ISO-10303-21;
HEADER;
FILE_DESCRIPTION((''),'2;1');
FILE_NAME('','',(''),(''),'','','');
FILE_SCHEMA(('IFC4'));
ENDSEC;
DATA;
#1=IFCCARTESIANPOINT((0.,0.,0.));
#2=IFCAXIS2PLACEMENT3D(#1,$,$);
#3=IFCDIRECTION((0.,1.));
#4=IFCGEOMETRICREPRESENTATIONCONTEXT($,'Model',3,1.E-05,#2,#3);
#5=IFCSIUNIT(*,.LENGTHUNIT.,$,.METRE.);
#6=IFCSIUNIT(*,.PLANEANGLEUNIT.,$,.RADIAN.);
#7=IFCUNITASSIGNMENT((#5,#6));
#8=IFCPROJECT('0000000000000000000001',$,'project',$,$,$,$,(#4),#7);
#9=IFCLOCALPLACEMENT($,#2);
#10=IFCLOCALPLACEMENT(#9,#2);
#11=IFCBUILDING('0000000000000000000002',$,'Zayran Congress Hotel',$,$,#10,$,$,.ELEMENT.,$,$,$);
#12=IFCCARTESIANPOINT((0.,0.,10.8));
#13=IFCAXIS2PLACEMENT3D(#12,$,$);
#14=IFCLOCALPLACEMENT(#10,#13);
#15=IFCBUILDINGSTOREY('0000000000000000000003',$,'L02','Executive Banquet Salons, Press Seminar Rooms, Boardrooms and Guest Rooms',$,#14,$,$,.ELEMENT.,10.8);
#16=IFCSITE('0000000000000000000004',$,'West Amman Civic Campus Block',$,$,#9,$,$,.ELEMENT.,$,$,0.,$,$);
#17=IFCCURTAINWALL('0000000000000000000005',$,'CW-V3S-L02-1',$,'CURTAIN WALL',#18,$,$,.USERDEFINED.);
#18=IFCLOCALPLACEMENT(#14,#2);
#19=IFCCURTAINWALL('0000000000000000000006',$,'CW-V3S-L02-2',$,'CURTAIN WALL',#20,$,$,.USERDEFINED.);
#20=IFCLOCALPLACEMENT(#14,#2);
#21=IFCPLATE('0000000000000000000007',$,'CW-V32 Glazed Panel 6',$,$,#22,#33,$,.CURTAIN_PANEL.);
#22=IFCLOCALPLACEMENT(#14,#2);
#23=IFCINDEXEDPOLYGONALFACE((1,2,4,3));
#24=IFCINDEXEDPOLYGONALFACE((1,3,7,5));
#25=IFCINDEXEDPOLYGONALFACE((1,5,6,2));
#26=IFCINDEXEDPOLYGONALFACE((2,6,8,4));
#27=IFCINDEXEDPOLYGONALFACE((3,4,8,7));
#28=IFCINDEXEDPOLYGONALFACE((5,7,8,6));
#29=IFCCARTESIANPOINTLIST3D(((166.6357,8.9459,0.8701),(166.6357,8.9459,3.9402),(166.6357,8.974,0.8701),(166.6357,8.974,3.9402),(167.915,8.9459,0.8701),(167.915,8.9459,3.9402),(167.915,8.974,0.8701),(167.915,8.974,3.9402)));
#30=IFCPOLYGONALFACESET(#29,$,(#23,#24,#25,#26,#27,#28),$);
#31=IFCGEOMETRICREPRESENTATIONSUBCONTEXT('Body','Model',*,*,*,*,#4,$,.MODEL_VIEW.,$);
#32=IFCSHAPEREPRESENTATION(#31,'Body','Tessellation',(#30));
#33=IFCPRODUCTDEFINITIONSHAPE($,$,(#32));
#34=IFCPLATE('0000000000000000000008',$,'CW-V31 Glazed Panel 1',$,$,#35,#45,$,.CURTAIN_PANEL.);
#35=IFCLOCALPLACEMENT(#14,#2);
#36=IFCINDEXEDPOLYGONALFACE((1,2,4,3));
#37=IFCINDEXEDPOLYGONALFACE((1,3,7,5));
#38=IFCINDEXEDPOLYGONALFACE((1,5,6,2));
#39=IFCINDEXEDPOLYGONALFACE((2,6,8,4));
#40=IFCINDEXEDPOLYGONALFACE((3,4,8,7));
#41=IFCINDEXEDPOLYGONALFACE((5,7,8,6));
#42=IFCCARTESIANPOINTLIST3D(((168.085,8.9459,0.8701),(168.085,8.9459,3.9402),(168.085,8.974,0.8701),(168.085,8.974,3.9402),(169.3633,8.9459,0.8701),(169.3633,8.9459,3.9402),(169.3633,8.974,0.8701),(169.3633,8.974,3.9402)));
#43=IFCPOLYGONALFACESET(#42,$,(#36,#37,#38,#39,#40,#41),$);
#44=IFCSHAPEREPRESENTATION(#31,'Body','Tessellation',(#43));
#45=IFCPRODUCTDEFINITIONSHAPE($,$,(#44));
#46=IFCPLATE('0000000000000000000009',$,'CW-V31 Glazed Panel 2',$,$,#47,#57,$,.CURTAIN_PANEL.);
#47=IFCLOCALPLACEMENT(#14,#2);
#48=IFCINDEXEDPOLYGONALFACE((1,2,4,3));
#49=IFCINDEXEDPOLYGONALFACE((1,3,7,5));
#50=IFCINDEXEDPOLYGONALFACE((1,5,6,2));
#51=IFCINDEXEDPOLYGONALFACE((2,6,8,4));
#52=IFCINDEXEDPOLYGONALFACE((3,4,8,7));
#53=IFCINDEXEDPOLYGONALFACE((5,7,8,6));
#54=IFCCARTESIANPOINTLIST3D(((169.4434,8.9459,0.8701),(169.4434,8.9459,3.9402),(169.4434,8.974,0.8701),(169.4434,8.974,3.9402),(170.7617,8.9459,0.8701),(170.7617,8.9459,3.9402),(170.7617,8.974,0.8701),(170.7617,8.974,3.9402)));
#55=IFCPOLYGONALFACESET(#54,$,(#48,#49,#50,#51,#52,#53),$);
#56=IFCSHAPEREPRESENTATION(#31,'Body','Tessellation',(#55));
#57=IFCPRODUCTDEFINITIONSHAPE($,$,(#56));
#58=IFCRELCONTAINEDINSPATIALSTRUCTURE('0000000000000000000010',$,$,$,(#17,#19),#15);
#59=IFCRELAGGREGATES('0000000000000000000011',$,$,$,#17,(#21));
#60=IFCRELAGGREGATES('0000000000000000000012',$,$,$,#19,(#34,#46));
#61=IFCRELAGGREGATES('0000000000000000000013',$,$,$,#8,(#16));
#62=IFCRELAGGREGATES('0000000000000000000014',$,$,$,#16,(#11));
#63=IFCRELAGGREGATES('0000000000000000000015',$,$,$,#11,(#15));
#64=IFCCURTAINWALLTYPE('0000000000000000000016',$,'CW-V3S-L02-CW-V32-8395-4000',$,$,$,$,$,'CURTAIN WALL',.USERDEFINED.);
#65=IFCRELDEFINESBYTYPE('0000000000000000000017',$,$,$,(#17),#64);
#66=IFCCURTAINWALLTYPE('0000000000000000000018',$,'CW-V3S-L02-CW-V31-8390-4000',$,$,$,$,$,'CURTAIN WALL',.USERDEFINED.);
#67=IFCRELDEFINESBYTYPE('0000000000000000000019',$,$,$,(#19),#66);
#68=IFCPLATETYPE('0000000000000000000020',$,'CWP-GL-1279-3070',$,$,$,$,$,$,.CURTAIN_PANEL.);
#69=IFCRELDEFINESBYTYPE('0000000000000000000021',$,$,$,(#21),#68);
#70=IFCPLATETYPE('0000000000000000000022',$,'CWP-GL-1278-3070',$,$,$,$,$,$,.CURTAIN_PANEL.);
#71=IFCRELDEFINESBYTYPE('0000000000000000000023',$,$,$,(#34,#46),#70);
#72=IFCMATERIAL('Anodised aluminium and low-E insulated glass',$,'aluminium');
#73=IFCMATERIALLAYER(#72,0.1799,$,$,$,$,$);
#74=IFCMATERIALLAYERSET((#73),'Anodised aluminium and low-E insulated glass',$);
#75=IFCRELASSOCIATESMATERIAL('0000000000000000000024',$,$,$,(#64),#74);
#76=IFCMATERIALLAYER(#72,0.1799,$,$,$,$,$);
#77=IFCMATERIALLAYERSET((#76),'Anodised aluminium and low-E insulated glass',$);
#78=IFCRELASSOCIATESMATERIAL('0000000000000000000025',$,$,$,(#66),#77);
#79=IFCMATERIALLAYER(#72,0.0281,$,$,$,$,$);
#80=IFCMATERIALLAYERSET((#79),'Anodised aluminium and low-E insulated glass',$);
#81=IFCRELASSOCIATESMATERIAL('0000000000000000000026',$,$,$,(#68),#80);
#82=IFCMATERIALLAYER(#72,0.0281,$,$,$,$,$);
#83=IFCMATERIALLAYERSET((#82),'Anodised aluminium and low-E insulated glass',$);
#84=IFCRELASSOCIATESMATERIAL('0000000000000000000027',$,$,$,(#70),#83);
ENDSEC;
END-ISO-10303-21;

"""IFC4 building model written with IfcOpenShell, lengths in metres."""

from ifc_helpers import new_model, si_unit, direction, frame, origin, origin_2d, place, context, subcontext, project, spatial, rectangle, extrude, material, layer, layer_set, type_object, element, aggregate, save


model = new_model("IFC4")

# Units and contexts
model_context = context("Model", 3, precision=1e-05, world=origin(), true_north=direction((0.0, 1.0)))
body_context = subcontext(model_context, "Body", "Model", "MODEL_VIEW")
ifc_project = project(units=[si_unit("LENGTHUNIT", "METRE"), si_unit("PLANEANGLEUNIT", "RADIAN")], contexts=[model_context])

# Site, building, storey
site_placement = place(None, origin())
site = spatial("IfcSite", under=ifc_project, at=site_placement, Name="West Amman Civic Campus Block", CompositionType="ELEMENT", RefElevation=0.0)
building_placement = place(site_placement, origin())
building = spatial("IfcBuilding", under=site, at=building_placement, Name="Zayran Congress Hotel", CompositionType="ELEMENT")
storey_placement = place(building_placement, frame((0.0, 0.0, 10.8)))
storey = spatial("IfcBuildingStorey", under=building, at=storey_placement, Name="L02", Description="Executive Banquet Salons, Press Seminar Rooms, Boardrooms and Guest Rooms", CompositionType="ELEMENT", Elevation=10.8)

# Curtain walls
ifc_material_1 = material(Name="Anodised aluminium and low-E insulated glass", Category="aluminium")
ifc_layer_1 = layer(ifc_material_1, 0.1799)
ifc_layer_set_1 = layer_set([ifc_layer_1], Name="Anodised aluminium and low-E insulated glass")
curtain_wall_type_1 = type_object("IfcCurtainWallType", Name="CW-V3S-L02-CW-V32-8395-4000", ElementType="CURTAIN WALL", PredefinedType="USERDEFINED", material=ifc_layer_set_1)
curtain_wall_1_placement = place(storey_placement, origin())
curtain_wall_1 = element("IfcCurtainWall", 1, at=curtain_wall_1_placement, inside=storey, type_object=curtain_wall_type_1, Name="CW-V3S-L02-1", ObjectType="CURTAIN WALL", PredefinedType="USERDEFINED")
ifc_layer_2 = layer(ifc_material_1, 0.1799)
ifc_layer_set_2 = layer_set([ifc_layer_2], Name="Anodised aluminium and low-E insulated glass")
curtain_wall_type_2 = type_object("IfcCurtainWallType", Name="CW-V3S-L02-CW-V31-8390-4000", ElementType="CURTAIN WALL", PredefinedType="USERDEFINED", material=ifc_layer_set_2)
curtain_wall_2_placement = place(storey_placement, origin())
curtain_wall_2 = element("IfcCurtainWall", 2, at=curtain_wall_2_placement, inside=storey, type_object=curtain_wall_type_2, Name="CW-V3S-L02-2", ObjectType="CURTAIN WALL", PredefinedType="USERDEFINED")

# Plates
ifc_layer_3 = layer(ifc_material_1, 0.0281)
ifc_layer_set_3 = layer_set([ifc_layer_3], Name="Anodised aluminium and low-E insulated glass")
plate_type_1 = type_object("IfcPlateType", Name="CWP-GL-1279-3070", PredefinedType="CURTAIN_PANEL", material=ifc_layer_set_3)
plate_1_placement = place(storey_placement, frame((167.2754, 8.96, 0.8701), z_axis=(0.0, 0.0, 1.0), x_axis=(1.0, 0.0, 0.0)))
plate_1 = element("IfcPlate", 3, at=plate_1_placement, type_object=plate_type_1, Name="CW-V32 Glazed Panel 6", PredefinedType="CURTAIN_PANEL", context=body_context, shape_type="SweptSolid", body=[
    extrude(rectangle(XDim=1.2793, YDim=0.0281, at=origin_2d()), origin(), (0.0, 0.0, 1.0), 3.0701),
])
aggregate(curtain_wall_1, [plate_1])
ifc_layer_4 = layer(ifc_material_1, 0.0281)
ifc_layer_set_4 = layer_set([ifc_layer_4], Name="Anodised aluminium and low-E insulated glass")
plate_type_2 = type_object("IfcPlateType", Name="CWP-GL-1278-3070", PredefinedType="CURTAIN_PANEL", material=ifc_layer_set_4)
plate_2_placement = place(storey_placement, frame((168.7241, 8.96, 0.8701), z_axis=(0.0, 0.0, 1.0), x_axis=(1.0, 0.0, 0.0)))
plate_2 = element("IfcPlate", 4, at=plate_2_placement, type_object=plate_type_2, Name="CW-V31 Glazed Panel 1", PredefinedType="CURTAIN_PANEL", context=body_context, shape_type="SweptSolid", body=[
    extrude(rectangle(XDim=1.2783, YDim=0.0281, at=origin_2d()), origin(), (0.0, 0.0, 1.0), 3.0701),
])
plate_3_placement = place(storey_placement, frame((170.1025, 8.96, 0.8701), z_axis=(0.0, 0.0, 1.0), x_axis=(1.0, 0.0, 0.0)))
plate_3 = element("IfcPlate", 5, at=plate_3_placement, type_object=plate_type_2, Name="CW-V31 Glazed Panel 2", PredefinedType="CURTAIN_PANEL", context=body_context, shape_type="SweptSolid", body=[
    extrude(rectangle(XDim=1.3184, YDim=0.0281, at=origin_2d()), origin(), (0.0, 0.0, 1.0), 3.0701),
])
aggregate(curtain_wall_2, [plate_2, plate_3])

save(model, "model.ifc")
